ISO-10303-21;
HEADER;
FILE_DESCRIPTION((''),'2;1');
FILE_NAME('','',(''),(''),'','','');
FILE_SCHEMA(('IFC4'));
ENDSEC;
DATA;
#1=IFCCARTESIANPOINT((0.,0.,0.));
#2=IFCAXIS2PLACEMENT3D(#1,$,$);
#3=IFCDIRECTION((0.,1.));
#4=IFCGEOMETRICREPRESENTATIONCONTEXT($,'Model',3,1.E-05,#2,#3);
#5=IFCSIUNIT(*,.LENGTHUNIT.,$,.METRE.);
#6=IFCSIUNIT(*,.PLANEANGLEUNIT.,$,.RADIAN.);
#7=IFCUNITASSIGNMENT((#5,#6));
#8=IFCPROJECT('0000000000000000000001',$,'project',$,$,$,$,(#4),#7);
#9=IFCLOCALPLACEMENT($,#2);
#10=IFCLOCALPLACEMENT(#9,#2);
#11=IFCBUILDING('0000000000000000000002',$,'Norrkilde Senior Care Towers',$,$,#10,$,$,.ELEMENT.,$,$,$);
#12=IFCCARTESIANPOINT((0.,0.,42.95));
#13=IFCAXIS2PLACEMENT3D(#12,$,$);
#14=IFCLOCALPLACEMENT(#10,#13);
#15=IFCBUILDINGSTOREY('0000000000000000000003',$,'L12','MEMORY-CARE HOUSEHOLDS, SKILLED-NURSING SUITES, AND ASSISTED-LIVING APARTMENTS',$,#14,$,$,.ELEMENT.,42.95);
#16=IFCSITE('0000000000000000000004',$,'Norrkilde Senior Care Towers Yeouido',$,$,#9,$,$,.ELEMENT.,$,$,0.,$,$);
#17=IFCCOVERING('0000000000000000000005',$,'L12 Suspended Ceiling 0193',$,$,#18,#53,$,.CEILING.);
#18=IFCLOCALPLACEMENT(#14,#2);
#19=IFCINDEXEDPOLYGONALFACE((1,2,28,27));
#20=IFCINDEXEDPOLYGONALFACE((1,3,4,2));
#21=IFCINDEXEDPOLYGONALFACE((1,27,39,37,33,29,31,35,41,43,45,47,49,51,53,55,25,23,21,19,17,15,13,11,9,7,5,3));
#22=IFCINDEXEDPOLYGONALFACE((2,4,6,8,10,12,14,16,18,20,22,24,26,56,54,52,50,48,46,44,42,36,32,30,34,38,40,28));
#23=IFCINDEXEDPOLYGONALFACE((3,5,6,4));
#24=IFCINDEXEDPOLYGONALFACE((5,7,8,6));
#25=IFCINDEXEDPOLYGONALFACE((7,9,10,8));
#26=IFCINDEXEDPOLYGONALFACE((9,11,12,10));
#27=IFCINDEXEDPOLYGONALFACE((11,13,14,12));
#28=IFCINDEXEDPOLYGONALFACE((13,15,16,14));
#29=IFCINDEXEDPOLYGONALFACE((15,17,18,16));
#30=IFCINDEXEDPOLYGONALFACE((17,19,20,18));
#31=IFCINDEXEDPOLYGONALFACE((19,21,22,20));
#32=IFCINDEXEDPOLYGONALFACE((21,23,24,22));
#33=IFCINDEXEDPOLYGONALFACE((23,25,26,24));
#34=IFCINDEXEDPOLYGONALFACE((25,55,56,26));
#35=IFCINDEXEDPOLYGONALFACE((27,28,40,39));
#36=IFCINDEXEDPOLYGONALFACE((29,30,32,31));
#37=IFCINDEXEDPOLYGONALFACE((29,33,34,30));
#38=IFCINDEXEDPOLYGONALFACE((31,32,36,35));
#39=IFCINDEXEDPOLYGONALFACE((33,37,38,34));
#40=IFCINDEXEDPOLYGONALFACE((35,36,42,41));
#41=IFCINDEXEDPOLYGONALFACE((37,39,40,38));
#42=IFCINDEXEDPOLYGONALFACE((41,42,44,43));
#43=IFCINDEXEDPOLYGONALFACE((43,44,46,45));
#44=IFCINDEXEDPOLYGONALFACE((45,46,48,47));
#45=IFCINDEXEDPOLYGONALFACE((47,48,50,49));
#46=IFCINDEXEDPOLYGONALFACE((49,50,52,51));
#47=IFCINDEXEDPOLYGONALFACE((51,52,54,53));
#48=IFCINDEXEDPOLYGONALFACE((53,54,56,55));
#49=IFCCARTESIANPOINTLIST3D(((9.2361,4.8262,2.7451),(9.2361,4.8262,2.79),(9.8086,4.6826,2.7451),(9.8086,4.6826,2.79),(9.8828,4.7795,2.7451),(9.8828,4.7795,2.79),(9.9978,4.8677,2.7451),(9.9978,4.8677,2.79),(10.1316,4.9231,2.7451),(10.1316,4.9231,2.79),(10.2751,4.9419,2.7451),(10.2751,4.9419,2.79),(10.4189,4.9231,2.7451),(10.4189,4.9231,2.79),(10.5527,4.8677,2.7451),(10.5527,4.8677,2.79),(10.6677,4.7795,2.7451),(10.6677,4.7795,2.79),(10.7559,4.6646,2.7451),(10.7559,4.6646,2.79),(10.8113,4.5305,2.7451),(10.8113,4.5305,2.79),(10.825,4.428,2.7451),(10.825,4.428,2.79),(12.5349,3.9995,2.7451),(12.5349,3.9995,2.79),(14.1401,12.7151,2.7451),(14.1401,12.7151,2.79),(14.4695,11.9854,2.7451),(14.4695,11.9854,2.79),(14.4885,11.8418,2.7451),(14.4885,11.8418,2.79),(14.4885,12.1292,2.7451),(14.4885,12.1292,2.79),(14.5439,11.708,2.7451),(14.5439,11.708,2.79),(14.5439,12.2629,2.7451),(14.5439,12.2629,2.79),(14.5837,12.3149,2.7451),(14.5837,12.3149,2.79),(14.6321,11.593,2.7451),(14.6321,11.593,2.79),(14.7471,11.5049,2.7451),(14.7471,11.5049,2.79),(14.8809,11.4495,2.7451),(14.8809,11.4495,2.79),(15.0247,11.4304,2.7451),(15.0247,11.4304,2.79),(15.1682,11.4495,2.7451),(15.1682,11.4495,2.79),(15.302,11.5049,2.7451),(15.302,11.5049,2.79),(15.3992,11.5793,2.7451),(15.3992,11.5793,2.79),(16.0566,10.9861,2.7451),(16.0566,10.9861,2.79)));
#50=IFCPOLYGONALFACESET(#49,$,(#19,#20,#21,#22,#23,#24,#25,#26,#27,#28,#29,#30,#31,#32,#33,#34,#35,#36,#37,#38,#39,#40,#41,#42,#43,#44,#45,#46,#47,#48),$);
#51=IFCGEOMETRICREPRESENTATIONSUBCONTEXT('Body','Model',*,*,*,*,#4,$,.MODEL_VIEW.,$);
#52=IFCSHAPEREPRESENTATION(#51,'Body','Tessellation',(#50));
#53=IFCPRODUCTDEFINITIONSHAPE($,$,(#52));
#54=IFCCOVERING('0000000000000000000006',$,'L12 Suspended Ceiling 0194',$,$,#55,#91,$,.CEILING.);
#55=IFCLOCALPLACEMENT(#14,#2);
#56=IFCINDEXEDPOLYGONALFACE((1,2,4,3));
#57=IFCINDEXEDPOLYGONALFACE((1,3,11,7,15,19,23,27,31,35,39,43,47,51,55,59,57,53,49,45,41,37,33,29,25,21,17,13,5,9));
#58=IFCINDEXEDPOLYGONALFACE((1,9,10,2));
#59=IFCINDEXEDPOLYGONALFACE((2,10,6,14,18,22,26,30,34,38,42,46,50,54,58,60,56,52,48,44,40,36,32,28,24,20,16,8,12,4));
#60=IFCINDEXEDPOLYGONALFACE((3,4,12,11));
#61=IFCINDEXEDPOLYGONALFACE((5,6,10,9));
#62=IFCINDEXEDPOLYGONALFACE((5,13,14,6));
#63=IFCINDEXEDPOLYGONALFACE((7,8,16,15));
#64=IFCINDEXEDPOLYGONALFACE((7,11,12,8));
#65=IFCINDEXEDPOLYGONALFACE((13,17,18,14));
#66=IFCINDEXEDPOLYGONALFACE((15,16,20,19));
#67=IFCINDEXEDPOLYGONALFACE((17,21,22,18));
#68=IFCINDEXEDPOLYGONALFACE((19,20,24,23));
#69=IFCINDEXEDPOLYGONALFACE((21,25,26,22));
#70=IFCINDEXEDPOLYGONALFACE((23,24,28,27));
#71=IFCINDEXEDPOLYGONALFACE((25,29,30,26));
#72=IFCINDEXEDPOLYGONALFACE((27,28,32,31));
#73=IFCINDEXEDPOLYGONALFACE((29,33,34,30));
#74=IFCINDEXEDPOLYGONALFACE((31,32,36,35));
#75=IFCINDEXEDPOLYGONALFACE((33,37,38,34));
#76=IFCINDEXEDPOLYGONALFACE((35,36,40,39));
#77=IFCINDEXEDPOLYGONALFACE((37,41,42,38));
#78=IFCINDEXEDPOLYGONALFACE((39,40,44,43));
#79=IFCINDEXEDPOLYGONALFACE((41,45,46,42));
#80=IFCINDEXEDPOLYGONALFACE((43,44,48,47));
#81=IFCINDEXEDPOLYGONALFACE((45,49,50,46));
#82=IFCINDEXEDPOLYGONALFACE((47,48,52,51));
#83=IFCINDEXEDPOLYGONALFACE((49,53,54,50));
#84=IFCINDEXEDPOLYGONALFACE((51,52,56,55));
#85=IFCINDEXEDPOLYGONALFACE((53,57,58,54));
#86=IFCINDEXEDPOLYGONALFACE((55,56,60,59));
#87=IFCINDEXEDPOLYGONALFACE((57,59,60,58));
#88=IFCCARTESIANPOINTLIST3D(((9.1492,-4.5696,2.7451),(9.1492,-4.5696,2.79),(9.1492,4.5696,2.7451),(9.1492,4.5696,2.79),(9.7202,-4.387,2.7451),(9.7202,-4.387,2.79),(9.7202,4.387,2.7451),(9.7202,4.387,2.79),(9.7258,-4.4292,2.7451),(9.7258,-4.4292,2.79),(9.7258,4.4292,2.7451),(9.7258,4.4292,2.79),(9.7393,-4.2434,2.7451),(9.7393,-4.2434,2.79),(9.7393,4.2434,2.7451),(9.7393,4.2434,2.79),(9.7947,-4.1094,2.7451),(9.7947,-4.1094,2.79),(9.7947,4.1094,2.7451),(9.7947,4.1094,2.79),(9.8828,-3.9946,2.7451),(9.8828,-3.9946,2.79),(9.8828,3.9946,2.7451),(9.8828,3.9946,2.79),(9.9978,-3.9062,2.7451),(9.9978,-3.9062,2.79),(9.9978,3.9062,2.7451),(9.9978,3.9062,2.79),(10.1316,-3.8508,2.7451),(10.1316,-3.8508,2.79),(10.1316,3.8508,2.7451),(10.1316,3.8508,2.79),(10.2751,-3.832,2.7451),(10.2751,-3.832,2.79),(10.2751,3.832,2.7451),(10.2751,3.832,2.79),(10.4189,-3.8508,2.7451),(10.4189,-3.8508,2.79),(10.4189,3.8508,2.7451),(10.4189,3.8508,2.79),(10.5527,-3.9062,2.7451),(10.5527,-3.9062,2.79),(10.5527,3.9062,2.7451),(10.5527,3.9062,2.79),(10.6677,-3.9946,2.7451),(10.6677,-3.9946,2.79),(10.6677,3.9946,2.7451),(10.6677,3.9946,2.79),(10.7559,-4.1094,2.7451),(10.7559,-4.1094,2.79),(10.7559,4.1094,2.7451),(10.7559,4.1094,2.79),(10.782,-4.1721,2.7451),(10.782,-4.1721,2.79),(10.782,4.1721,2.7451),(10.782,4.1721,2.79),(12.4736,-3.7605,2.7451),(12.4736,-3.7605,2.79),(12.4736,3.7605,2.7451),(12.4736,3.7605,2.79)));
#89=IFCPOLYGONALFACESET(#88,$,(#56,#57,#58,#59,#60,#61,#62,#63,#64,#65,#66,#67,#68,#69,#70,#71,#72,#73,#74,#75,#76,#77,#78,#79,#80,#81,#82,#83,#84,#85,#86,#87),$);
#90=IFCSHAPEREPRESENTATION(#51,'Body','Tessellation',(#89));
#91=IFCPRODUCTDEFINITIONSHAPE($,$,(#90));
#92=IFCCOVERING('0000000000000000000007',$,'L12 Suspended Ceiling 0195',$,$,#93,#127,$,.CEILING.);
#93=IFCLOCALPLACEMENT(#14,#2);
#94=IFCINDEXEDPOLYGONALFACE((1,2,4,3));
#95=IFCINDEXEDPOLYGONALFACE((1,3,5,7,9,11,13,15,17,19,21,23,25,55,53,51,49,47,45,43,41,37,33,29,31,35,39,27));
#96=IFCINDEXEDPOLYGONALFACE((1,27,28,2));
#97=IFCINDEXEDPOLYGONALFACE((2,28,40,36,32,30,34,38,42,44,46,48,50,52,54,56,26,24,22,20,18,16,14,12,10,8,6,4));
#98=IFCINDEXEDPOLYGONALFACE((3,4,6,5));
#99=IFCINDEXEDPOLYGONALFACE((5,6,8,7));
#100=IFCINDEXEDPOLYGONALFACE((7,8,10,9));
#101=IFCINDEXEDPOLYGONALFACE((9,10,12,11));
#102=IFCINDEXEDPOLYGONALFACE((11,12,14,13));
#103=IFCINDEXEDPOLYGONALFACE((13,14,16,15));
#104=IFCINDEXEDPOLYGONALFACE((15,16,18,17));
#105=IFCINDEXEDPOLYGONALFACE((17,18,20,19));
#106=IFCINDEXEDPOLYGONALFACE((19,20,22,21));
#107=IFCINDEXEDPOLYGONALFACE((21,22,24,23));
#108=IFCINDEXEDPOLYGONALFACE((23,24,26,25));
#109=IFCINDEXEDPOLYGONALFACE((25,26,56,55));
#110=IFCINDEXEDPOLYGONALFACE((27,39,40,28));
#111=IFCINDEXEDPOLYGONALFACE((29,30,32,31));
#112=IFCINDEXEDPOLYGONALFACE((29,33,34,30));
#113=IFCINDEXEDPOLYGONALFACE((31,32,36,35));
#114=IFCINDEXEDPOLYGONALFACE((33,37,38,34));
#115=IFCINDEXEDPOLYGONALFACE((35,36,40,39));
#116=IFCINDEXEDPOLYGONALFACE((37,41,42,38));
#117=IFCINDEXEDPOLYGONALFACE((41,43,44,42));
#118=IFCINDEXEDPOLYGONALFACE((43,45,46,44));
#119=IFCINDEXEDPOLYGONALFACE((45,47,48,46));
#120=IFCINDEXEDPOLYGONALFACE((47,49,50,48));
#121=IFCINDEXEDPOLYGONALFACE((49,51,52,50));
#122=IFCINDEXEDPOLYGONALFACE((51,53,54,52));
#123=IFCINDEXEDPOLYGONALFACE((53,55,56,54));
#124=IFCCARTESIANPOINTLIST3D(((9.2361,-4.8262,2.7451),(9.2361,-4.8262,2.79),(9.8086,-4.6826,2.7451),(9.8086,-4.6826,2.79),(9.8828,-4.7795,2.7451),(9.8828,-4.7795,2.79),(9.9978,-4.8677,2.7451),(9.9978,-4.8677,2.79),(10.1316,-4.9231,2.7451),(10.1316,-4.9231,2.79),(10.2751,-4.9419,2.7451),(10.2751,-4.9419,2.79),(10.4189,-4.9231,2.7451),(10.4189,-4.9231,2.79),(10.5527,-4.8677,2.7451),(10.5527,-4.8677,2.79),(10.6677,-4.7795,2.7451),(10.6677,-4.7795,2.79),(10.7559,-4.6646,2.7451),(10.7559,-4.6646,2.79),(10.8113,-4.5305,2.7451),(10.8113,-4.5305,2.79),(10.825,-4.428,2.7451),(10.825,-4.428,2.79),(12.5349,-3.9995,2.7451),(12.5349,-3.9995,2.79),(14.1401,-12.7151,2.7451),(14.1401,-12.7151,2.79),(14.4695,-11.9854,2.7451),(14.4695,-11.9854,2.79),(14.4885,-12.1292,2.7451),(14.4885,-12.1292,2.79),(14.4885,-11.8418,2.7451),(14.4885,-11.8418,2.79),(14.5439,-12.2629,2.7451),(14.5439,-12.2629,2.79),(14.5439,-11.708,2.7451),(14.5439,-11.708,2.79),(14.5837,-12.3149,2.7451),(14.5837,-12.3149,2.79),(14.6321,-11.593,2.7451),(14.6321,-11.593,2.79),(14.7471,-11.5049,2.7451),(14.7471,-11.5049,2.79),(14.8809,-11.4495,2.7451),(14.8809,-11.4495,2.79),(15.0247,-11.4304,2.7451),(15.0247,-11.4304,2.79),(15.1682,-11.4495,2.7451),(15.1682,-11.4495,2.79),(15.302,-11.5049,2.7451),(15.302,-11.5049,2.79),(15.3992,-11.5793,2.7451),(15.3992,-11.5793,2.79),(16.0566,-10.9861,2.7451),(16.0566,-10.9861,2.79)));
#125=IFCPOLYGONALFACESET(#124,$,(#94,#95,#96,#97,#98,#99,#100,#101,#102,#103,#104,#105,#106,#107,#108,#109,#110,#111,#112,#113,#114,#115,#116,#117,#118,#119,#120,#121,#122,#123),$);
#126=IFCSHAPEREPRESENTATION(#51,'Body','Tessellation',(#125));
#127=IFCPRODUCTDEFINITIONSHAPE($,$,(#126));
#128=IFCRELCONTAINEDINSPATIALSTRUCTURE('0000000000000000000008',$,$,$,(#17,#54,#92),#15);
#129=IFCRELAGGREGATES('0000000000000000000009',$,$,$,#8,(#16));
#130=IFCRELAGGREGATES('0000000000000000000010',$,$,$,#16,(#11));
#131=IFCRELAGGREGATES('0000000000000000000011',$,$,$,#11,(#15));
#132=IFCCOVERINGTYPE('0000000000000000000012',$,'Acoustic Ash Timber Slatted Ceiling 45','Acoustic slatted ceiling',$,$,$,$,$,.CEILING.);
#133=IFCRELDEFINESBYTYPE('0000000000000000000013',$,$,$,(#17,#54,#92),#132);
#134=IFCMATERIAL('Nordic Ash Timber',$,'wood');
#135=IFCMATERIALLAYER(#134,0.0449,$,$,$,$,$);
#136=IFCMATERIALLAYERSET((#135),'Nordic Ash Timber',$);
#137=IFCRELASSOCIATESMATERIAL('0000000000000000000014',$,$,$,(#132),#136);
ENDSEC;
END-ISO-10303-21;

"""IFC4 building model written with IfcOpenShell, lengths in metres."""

from ifc_helpers import new_model, si_unit, direction, frame, origin, place, context, subcontext, project, spatial, polyline, outline, extrude, material, layer, layer_set, type_object, element, save


model = new_model("IFC4")

# Units and contexts
model_context = context("Model", 3, precision=1e-05, world=origin(), true_north=direction((0.0, 1.0)))
body_context = subcontext(model_context, "Body", "Model", "MODEL_VIEW")
ifc_project = project(units=[si_unit("LENGTHUNIT", "METRE"), si_unit("PLANEANGLEUNIT", "RADIAN")], contexts=[model_context])

# Site, building, storey
site_placement = place(None, origin())
site = spatial("IfcSite", under=ifc_project, at=site_placement, Name="Norrkilde Senior Care Towers Yeouido", CompositionType="ELEMENT", RefElevation=0.0)
building_placement = place(site_placement, origin())
building = spatial("IfcBuilding", under=site, at=building_placement, Name="Norrkilde Senior Care Towers", CompositionType="ELEMENT")
storey_placement = place(building_placement, frame((0.0, 0.0, 42.95)))
storey = spatial("IfcBuildingStorey", under=building, at=storey_placement, Name="L12", Description="MEMORY-CARE HOUSEHOLDS, SKILLED-NURSING SUITES, AND ASSISTED-LIVING APARTMENTS", CompositionType="ELEMENT", Elevation=42.95)

# Coverings
ifc_material_1 = material(Name="Nordic Ash Timber", Category="wood")
ifc_layer_1 = layer(ifc_material_1, 0.0449)
ifc_layer_set_1 = layer_set([ifc_layer_1], Name="Nordic Ash Timber")
covering_type_1 = type_object("IfcCoveringType", Name="Acoustic Ash Timber Slatted Ceiling 45", Description="Acoustic slatted ceiling", PredefinedType="CEILING", material=ifc_layer_set_1)
covering_1_placement = place(storey_placement, frame((0.0, 0.0, 2.7451)))
element("IfcCovering", 1, at=covering_1_placement, inside=storey, type_object=covering_type_1, Name="L12 Suspended Ceiling 0193", PredefinedType="CEILING", context=body_context, shape_type="SweptSolid", body=[
    extrude(outline(polyline([(10.825, 4.428), (10.8113, 4.5305), (10.7559, 4.6646), (10.6677, 4.7795), (10.5527, 4.8677), (10.4189, 4.9231), (10.2751, 4.9419), (10.1316, 4.9231), (9.9978, 4.8677), (9.8828, 4.7795), (9.8086, 4.6826), (9.2361, 4.8262), (14.1401, 12.7151), (14.5837, 12.3149), (14.5439, 12.2629), (14.4885, 12.1292), (14.4695, 11.9854), (14.4885, 11.8418), (14.5439, 11.708), (14.6321, 11.593), (14.7471, 11.5049), (14.8809, 11.4495), (15.0247, 11.4304), (15.1682, 11.4495), (15.302, 11.5049), (15.3992, 11.5793), (16.0566, 10.9861), (12.5349, 3.9995), (10.825, 4.428)])), origin(), (0.0, 0.0, 1.0), 0.0449),
])
covering_2_placement = place(storey_placement, frame((0.0, 0.0, 2.7451)))
element("IfcCovering", 2, at=covering_2_placement, inside=storey, type_object=covering_type_1, Name="L12 Suspended Ceiling 0194", PredefinedType="CEILING", context=body_context, shape_type="SweptSolid", body=[
    extrude(outline(polyline([(9.7202, 4.387), (9.7393, 4.2434), (9.7947, 4.1094), (9.8828, 3.9946), (9.9978, 3.9062), (10.1316, 3.8508), (10.2751, 3.832), (10.4189, 3.8508), (10.5527, 3.9062), (10.6677, 3.9946), (10.7559, 4.1094), (10.782, 4.1721), (12.4736, 3.7605), (12.4736, -3.7605), (10.782, -4.1721), (10.7559, -4.1094), (10.6677, -3.9946), (10.5527, -3.9062), (10.4189, -3.8508), (10.2751, -3.832), (10.1316, -3.8508), (9.9978, -3.9062), (9.8828, -3.9946), (9.7947, -4.1094), (9.7393, -4.2434), (9.7202, -4.387), (9.7258, -4.4292), (9.1492, -4.5696), (9.1492, 4.5696), (9.7258, 4.4292), (9.7202, 4.387)])), origin(), (0.0, 0.0, 1.0), 0.0449),
])
covering_3_placement = place(storey_placement, frame((0.0, 0.0, 2.7451)))
element("IfcCovering", 3, at=covering_3_placement, inside=storey, type_object=covering_type_1, Name="L12 Suspended Ceiling 0195", PredefinedType="CEILING", context=body_context, shape_type="SweptSolid", body=[
    extrude(outline(polyline([(9.8828, -4.7795), (9.9978, -4.8677), (10.1316, -4.9231), (10.2751, -4.9419), (10.4189, -4.9231), (10.5527, -4.8677), (10.6677, -4.7795), (10.7559, -4.6646), (10.8113, -4.5305), (10.825, -4.428), (12.5349, -3.9995), (16.0566, -10.9861), (15.3992, -11.5793), (15.302, -11.5049), (15.1682, -11.4495), (15.0247, -11.4304), (14.8809, -11.4495), (14.7471, -11.5049), (14.6321, -11.593), (14.5439, -11.708), (14.4885, -11.8418), (14.4695, -11.9854), (14.4885, -12.1292), (14.5439, -12.2629), (14.5837, -12.3149), (14.1401, -12.7151), (9.2361, -4.8262), (9.8086, -4.6826), (9.8828, -4.7795)])), origin(), (0.0, 0.0, 1.0), 0.0449),
])

save(model, "model.ifc")
